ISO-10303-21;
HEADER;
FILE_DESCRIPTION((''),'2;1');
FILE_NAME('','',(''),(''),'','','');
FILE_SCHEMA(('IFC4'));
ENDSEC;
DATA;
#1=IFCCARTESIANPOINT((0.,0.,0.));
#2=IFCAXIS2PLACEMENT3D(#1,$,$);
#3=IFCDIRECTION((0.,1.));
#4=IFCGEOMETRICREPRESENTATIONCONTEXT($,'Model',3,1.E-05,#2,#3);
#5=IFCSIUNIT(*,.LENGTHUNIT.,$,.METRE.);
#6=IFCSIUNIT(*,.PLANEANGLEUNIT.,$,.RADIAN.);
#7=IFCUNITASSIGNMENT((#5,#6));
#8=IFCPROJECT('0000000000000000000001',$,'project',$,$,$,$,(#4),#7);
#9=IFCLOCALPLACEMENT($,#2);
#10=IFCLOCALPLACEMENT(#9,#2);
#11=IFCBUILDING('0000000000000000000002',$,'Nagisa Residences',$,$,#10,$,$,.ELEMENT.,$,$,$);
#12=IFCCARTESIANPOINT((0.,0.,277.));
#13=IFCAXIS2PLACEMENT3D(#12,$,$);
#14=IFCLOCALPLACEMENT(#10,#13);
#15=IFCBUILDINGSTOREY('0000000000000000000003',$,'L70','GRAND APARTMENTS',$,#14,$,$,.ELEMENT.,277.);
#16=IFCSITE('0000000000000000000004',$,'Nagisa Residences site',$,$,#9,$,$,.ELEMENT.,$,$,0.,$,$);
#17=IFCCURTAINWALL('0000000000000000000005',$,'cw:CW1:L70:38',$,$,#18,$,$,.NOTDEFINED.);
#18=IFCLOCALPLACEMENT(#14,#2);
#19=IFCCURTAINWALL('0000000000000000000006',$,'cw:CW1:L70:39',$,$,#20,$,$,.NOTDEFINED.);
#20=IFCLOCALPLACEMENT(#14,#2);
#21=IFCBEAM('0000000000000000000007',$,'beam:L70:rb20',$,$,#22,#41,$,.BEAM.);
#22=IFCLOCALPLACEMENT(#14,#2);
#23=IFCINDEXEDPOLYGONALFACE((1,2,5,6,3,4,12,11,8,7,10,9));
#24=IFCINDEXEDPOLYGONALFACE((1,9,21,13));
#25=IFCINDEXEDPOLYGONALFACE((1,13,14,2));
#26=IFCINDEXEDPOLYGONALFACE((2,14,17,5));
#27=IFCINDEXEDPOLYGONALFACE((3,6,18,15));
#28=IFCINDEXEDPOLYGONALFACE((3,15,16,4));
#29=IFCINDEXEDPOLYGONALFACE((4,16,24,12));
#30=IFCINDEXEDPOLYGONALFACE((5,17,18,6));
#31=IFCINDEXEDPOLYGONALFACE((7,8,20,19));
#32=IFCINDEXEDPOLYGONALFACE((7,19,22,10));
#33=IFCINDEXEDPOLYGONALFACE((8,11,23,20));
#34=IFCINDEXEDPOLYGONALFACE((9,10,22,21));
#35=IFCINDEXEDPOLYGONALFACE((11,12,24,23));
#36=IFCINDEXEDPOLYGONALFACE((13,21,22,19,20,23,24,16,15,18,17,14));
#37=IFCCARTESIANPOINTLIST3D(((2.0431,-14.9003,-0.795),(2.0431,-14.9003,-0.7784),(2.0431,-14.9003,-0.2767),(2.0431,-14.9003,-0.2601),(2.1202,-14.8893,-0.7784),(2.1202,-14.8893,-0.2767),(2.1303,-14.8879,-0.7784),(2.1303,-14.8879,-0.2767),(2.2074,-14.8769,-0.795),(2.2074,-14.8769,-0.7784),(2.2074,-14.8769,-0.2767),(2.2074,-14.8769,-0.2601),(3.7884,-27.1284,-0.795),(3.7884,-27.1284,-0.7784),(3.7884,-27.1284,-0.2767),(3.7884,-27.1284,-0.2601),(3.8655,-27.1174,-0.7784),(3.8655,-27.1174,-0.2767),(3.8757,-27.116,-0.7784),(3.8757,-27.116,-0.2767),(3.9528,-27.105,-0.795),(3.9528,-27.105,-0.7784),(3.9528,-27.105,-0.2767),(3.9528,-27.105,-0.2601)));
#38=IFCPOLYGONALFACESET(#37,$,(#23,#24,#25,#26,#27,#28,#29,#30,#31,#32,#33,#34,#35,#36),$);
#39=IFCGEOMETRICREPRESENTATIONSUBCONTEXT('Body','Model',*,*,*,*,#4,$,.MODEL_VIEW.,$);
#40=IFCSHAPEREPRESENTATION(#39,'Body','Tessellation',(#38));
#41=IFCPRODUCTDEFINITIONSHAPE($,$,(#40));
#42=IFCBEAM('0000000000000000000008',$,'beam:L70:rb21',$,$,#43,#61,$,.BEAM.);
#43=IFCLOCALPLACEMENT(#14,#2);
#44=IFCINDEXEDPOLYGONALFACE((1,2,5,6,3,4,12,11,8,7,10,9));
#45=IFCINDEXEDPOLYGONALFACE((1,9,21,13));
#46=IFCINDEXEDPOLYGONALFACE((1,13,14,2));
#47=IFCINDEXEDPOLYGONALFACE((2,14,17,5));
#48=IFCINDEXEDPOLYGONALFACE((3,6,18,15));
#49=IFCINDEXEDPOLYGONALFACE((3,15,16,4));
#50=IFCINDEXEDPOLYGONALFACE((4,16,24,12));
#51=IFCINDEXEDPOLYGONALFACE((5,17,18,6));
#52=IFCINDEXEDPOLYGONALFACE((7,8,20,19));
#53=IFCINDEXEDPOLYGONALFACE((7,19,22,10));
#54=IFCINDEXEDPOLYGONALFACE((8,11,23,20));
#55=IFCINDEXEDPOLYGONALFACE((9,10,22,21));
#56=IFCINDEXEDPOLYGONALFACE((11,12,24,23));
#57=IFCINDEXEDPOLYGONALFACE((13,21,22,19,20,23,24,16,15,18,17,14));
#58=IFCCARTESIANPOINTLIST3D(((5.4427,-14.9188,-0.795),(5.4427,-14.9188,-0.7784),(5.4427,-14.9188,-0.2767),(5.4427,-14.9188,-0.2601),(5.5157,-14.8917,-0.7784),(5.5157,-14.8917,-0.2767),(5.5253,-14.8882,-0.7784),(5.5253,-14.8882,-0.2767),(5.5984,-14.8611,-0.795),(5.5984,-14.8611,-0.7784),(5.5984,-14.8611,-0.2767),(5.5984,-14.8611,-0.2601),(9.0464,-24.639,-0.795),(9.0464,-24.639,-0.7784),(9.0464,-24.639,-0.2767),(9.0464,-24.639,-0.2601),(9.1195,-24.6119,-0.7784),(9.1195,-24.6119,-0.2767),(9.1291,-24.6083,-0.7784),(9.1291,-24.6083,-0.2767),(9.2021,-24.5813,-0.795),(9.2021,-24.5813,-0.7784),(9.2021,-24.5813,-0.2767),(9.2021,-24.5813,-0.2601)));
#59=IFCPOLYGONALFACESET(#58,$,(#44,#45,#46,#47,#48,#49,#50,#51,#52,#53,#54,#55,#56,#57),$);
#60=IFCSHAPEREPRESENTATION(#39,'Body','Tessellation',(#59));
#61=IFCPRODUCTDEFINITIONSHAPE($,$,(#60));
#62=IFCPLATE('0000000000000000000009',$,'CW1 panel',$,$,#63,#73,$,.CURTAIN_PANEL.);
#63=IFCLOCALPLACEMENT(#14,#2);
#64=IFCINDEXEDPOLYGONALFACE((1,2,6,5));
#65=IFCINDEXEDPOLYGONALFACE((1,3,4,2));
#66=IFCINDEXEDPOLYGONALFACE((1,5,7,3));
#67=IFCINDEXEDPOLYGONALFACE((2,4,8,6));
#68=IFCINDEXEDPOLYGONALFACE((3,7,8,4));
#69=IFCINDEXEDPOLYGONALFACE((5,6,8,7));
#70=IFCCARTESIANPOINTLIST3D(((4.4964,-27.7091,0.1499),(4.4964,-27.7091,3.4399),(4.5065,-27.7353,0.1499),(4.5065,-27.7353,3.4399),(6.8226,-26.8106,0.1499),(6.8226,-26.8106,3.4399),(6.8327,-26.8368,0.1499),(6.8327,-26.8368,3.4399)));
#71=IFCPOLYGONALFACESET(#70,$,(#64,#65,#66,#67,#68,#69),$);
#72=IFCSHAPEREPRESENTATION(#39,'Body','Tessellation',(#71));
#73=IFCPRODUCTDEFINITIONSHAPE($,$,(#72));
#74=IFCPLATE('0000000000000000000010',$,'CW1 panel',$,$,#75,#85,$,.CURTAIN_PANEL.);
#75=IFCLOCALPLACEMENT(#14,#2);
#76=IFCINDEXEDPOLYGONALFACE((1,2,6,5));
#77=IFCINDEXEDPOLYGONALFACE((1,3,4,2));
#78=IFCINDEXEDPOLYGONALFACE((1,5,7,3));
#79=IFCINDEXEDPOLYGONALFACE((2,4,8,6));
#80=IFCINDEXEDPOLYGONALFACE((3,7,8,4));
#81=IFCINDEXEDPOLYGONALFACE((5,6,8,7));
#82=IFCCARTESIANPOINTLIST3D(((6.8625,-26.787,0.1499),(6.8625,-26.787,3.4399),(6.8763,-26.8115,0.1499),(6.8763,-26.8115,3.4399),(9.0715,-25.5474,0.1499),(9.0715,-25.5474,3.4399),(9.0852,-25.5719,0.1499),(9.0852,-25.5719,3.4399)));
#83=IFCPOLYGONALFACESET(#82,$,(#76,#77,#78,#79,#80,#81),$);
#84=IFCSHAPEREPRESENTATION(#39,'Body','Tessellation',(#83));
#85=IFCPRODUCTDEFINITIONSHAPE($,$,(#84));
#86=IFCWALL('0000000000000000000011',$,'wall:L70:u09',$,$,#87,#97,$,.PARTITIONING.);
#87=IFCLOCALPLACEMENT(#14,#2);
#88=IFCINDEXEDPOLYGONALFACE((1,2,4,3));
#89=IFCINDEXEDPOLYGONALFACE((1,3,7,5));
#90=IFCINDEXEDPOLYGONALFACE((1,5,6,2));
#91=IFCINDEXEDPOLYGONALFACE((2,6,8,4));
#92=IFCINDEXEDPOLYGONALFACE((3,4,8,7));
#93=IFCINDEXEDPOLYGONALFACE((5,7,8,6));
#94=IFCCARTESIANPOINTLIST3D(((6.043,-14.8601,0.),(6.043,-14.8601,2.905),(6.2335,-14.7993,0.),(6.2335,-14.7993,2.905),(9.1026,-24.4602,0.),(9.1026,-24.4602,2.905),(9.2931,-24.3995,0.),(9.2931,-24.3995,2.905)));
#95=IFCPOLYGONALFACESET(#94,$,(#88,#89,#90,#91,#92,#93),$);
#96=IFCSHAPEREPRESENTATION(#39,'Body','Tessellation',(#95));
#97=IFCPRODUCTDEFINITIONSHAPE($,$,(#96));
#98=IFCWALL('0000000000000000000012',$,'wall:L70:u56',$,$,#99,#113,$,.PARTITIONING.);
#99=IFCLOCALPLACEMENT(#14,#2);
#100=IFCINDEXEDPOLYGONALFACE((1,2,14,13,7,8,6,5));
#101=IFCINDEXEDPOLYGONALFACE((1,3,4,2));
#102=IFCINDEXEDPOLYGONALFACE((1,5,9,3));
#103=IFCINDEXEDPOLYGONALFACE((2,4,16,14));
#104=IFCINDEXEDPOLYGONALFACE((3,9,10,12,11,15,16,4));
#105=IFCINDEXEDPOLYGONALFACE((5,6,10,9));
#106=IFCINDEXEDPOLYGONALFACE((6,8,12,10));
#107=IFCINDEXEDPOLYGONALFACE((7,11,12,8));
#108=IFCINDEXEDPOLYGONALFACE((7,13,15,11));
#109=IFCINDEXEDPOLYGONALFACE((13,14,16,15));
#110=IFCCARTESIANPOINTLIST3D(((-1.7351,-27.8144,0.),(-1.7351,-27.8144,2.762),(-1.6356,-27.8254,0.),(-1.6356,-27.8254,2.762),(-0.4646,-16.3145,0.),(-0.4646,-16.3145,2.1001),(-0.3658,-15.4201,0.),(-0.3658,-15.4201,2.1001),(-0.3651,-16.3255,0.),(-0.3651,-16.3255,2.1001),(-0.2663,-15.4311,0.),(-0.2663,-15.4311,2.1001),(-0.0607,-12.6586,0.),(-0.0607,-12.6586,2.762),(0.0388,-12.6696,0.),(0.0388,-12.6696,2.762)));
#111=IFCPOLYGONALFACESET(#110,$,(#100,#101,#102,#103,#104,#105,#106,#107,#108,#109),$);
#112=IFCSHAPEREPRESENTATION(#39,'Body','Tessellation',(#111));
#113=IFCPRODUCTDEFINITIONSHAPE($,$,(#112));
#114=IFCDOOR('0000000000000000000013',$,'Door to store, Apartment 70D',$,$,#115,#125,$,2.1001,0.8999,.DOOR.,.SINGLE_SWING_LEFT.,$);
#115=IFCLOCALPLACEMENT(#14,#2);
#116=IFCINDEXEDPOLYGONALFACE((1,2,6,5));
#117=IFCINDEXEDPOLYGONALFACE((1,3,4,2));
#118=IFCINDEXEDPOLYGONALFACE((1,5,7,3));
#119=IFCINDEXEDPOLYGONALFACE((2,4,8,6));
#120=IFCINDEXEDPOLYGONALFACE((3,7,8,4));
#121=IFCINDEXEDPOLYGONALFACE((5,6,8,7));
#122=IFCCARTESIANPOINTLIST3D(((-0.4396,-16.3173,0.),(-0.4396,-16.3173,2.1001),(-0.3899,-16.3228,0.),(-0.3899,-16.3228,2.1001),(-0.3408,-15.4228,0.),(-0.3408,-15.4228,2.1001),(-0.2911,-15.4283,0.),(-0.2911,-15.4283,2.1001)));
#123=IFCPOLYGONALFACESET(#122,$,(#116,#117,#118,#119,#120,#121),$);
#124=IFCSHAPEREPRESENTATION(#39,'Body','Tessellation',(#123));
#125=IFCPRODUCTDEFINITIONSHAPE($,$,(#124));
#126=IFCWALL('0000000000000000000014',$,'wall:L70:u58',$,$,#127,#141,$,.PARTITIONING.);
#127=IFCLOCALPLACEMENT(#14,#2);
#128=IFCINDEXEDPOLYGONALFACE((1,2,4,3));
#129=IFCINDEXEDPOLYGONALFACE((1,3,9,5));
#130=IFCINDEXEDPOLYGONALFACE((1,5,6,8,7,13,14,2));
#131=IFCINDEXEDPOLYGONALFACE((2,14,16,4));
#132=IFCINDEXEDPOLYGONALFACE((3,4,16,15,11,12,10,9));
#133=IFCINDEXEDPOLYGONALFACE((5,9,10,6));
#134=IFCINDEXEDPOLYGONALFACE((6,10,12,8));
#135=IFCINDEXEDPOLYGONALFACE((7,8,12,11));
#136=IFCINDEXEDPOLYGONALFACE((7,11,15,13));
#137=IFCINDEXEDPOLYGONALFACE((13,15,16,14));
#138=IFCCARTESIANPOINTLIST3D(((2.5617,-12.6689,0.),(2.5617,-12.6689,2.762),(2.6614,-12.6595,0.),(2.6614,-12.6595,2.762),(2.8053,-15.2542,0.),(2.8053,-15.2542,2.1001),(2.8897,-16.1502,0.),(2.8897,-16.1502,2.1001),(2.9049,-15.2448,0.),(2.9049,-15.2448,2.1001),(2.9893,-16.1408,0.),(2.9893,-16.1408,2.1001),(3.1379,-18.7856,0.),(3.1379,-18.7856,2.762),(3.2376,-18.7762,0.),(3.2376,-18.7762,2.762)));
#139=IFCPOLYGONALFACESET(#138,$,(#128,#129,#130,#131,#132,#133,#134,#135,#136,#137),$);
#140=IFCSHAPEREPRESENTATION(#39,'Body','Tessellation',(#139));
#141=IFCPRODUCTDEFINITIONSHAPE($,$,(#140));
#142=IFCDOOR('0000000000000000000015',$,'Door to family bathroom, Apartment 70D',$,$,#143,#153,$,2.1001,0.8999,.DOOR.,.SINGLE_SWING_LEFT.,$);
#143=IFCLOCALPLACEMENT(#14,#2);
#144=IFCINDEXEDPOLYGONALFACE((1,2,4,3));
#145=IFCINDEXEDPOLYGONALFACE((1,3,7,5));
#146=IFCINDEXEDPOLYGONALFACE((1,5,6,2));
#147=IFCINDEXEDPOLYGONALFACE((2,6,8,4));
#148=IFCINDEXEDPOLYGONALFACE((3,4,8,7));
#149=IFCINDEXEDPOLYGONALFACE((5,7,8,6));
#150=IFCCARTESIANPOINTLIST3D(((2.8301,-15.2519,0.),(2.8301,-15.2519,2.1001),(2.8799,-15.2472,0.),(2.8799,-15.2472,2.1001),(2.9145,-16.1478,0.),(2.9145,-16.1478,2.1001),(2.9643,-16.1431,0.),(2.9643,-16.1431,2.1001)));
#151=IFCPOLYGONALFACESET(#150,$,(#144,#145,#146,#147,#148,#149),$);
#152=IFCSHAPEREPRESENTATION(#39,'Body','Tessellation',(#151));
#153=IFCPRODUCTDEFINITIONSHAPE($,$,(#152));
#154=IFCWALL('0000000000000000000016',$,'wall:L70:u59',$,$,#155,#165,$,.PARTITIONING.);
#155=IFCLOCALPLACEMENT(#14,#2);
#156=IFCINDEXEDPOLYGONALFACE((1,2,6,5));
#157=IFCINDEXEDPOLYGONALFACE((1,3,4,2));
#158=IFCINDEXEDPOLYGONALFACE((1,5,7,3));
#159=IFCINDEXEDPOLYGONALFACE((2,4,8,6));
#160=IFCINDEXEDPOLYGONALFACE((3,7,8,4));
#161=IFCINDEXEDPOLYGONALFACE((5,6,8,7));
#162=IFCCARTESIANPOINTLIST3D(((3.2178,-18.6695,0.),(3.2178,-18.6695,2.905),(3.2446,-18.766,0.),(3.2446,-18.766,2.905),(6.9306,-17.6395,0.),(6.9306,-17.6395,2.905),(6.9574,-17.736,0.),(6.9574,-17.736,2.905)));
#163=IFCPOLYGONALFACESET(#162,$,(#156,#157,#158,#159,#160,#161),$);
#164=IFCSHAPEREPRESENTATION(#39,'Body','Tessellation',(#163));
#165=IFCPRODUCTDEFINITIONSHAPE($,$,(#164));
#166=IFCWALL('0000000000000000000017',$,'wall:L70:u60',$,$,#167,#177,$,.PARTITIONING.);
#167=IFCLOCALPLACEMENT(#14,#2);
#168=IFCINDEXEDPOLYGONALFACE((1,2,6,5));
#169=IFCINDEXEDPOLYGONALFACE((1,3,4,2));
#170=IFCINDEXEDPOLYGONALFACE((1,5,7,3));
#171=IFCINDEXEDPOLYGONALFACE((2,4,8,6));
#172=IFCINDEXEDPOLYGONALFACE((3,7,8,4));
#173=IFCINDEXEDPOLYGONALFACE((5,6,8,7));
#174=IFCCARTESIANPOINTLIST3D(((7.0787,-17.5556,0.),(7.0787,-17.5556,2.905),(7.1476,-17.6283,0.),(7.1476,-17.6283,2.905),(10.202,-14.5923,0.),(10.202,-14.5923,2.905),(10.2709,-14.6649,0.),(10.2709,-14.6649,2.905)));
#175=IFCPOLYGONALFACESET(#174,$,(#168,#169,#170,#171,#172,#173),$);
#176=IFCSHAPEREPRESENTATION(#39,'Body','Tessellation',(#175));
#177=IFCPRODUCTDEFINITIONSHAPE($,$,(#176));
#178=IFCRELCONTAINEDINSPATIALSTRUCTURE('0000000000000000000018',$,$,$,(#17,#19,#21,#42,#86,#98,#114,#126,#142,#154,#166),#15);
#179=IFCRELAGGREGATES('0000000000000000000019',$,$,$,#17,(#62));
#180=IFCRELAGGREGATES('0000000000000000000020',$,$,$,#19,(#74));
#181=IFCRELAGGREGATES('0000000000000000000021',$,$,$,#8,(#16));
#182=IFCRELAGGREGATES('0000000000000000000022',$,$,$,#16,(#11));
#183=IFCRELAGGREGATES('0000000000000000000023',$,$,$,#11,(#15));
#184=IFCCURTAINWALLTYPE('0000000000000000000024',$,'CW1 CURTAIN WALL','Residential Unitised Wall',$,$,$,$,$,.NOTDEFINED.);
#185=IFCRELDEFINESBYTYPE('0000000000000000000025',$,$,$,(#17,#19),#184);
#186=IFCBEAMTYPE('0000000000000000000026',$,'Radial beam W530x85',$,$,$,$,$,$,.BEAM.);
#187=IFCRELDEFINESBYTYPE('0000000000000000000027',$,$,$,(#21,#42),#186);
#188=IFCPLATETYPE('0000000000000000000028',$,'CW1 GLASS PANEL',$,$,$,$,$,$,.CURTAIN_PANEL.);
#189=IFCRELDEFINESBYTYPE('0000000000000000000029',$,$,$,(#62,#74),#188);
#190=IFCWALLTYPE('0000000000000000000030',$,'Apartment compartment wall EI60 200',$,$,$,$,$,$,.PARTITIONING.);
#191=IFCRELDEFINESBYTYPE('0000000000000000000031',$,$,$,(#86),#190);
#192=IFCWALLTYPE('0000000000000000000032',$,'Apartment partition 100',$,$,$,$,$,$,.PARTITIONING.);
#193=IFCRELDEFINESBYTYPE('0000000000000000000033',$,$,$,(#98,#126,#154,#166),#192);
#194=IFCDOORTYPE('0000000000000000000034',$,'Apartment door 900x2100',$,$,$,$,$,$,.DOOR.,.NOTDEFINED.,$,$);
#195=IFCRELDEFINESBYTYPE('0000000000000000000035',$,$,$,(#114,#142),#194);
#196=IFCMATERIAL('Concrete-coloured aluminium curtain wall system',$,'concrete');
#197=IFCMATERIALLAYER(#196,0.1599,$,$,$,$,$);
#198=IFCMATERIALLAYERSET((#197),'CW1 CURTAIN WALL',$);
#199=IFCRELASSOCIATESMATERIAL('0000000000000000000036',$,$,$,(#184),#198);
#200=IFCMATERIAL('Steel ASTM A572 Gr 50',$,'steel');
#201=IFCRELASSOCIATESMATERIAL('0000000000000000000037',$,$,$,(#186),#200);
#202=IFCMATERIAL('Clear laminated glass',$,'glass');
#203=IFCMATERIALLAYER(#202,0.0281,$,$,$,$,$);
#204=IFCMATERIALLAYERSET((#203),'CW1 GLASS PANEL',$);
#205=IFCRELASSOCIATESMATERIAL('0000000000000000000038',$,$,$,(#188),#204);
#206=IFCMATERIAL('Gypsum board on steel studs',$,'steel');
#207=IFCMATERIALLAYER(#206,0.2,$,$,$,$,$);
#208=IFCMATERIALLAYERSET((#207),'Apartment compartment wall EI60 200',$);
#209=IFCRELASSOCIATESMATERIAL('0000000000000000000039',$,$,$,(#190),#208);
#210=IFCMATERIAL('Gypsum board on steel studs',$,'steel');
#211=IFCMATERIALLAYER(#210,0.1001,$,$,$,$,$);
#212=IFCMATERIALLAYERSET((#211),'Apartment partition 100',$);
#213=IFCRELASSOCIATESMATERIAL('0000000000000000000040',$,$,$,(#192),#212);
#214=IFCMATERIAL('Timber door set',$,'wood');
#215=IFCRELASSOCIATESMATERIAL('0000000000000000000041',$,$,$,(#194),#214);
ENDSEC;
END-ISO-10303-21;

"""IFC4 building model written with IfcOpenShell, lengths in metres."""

from ifc_helpers import new_model, si_unit, direction, frame, frame_2d, origin, origin_2d, place, context, subcontext, project, spatial, rectangle, i_section, extrude, material, layer, layer_set, material_profile, profile_set, type_object, element, fill, aggregate, save


model = new_model("IFC4")

# Units and contexts
model_context = context("Model", 3, precision=1e-05, world=origin(), true_north=direction((0.0, 1.0)))
body_context = subcontext(model_context, "Body", "Model", "MODEL_VIEW")
ifc_project = project(units=[si_unit("LENGTHUNIT", "METRE"), si_unit("PLANEANGLEUNIT", "RADIAN")], contexts=[model_context])

# Site, building, storey
site_placement = place(None, origin())
site = spatial("IfcSite", under=ifc_project, at=site_placement, Name="Nagisa Residences site", CompositionType="ELEMENT", RefElevation=0.0)
building_placement = place(site_placement, origin())
building = spatial("IfcBuilding", under=site, at=building_placement, Name="Nagisa Residences", CompositionType="ELEMENT")
storey_placement = place(building_placement, frame((0.0, 0.0, 277.0)))
storey = spatial("IfcBuildingStorey", under=building, at=storey_placement, Name="L70", Description="GRAND APARTMENTS", CompositionType="ELEMENT", Elevation=277.0)

# Curtain walls
ifc_material_1 = material(Name="Concrete-coloured aluminium curtain wall system", Category="concrete")
ifc_layer_1 = layer(ifc_material_1, 0.1599)
ifc_layer_set_1 = layer_set([ifc_layer_1], Name="CW1 CURTAIN WALL")
curtain_wall_type = type_object("IfcCurtainWallType", Name="CW1 CURTAIN WALL", Description="Residential Unitised Wall", PredefinedType="NOTDEFINED", material=ifc_layer_set_1)
curtain_wall_1_placement = place(storey_placement, origin())
curtain_wall_1 = element("IfcCurtainWall", 1, at=curtain_wall_1_placement, inside=storey, type_object=curtain_wall_type, Name="cw:CW1:L70:38", PredefinedType="NOTDEFINED")
curtain_wall_2_placement = place(storey_placement, origin())
curtain_wall_2 = element("IfcCurtainWall", 2, at=curtain_wall_2_placement, inside=storey, type_object=curtain_wall_type, Name="cw:CW1:L70:39", PredefinedType="NOTDEFINED")

# Beams
ifc_material_2 = material(Name="Steel ASTM A572 Gr 50", Category="steel")
ifc_material_profile_1 = material_profile(ifc_material_2, i_section(OverallWidth=0.166, OverallDepth=0.5349, WebThickness=0.0103, FlangeThickness=0.0166, at=origin_2d()), Name="W530x85")
ifc_profile_set_1 = profile_set([ifc_material_profile_1], Name="Steel ASTM A572 Gr 50")
beam_type_1 = type_object("IfcBeamType", Name="Radial beam W530x85", PredefinedType="BEAM", material=ifc_profile_set_1)
beam_1_placement = place(storey_placement, frame((3.8706, -27.1167, -0.5276), z_axis=(-0.141302, 0.989966, 0.0), x_axis=(-0.989966, -0.141302, 0.0)))
element("IfcBeam", 3, at=beam_1_placement, inside=storey, type_object=beam_type_1, Name="beam:L70:rb20", PredefinedType="BEAM", context=body_context, shape_type="SweptSolid", body=[
    extrude(i_section(OverallWidth=0.166, OverallDepth=0.5349, WebThickness=0.0103, FlangeThickness=0.0166, at=origin_2d()), origin(), (0.0, 0.0, 1.0), 12.3521),
])
beam_2_placement = place(storey_placement, frame((9.1243, -24.6101, -0.5276), z_axis=(-0.347627, 0.937633, 0.0), x_axis=(-0.937633, -0.347627, 0.0)))
element("IfcBeam", 4, at=beam_2_placement, inside=storey, type_object=beam_type_1, Name="beam:L70:rb21", PredefinedType="BEAM", context=body_context, shape_type="SweptSolid", body=[
    extrude(i_section(OverallWidth=0.166, OverallDepth=0.5349, WebThickness=0.0103, FlangeThickness=0.0166, at=origin_2d()), origin(), (0.0, 0.0, 1.0), 10.3667),
])

# Plates
ifc_material_3 = material(Name="Clear laminated glass", Category="glass")
ifc_layer_2 = layer(ifc_material_3, 0.0281)
ifc_layer_set_2 = layer_set([ifc_layer_2], Name="CW1 GLASS PANEL")
plate_type = type_object("IfcPlateType", Name="CW1 GLASS PANEL", PredefinedType="CURTAIN_PANEL", material=ifc_layer_set_2)
plate_1_placement = place(storey_placement, frame((5.6646, -27.2729, 0.1499), z_axis=(0.0, 0.0, 1.0), x_axis=(0.932826, 0.360328, 0.0)))
plate_1 = element("IfcPlate", 5, at=plate_1_placement, type_object=plate_type, Name="CW1 panel", PredefinedType="CURTAIN_PANEL", context=body_context, shape_type="SweptSolid", body=[
    extrude(rectangle(XDim=2.4937, YDim=0.0281, at=origin_2d()), origin(), (0.0, 0.0, 1.0), 3.29),
])
aggregate(curtain_wall_1, [plate_1])
plate_2_placement = place(storey_placement, frame((7.9739, -26.1794, 0.1499), z_axis=(0.0, 0.0, 1.0), x_axis=(0.872072, 0.489377, 0.0)))
plate_2 = element("IfcPlate", 6, at=plate_2_placement, type_object=plate_type, Name="CW1 panel", PredefinedType="CURTAIN_PANEL", context=body_context, shape_type="SweptSolid", body=[
    extrude(rectangle(XDim=2.533, YDim=0.0281, at=origin_2d()), origin(), (0.0, 0.0, 1.0), 3.29),
])
aggregate(curtain_wall_2, [plate_2])

# Wall
ifc_material_4 = material(Name="Gypsum board on steel studs", Category="steel")
ifc_layer_3 = layer(ifc_material_4, 0.2)
ifc_layer_set_3 = layer_set([ifc_layer_3], Name="Apartment compartment wall EI60 200")
wall_type_1 = type_object("IfcWallType", Name="Apartment compartment wall EI60 200", PredefinedType="PARTITIONING", material=ifc_layer_set_3)
wall_1_placement = place(storey_placement, frame((6.1382, -14.8296, 0.0), z_axis=(0.0, 0.0, 1.0), x_axis=(0.303654, -0.952782, 0.0)))
element("IfcWall", 7, at=wall_1_placement, inside=storey, type_object=wall_type_1, Name="wall:L70:u09", PredefinedType="PARTITIONING", context=body_context, shape_type="SweptSolid", body=[
    extrude(rectangle(XDim=10.0759, YDim=0.2, at=frame_2d((5.0381, 0.0))), origin(), (0.0, 0.0, 1.0), 2.905),
])

# Walls, openings, doors
ifc_material_5 = material(Name="Gypsum board on steel studs", Category="steel")
ifc_layer_4 = layer(ifc_material_5, 0.1001)
ifc_layer_set_4 = layer_set([ifc_layer_4], Name="Apartment partition 100")
wall_type_2 = type_object("IfcWallType", Name="Apartment partition 100", PredefinedType="PARTITIONING", material=ifc_layer_set_4)
wall_2_placement = place(storey_placement, frame((-0.011, -12.6641, 0.0), z_axis=(0.0, 0.0, 1.0), x_axis=(-0.109806, -0.993953, 0.0)))
wall_2 = element("IfcWall", 8, at=wall_2_placement, inside=storey, type_object=wall_type_2, Name="wall:L70:u56", PredefinedType="PARTITIONING", context=body_context, shape_type="SweptSolid", body=[
    extrude(rectangle(XDim=15.248, YDim=0.1001, at=frame_2d((7.624, 0.0))), origin(), (0.0, 0.0, 1.0), 2.762),
])
opening_1_placement = place(wall_2_placement, frame((2.7783, 0.0, 0.0)))
opening_1 = element("IfcOpeningElement", 9, at=opening_1_placement, cuts=wall_2, PredefinedType="OPENING", context=body_context, shape_type="SweptSolid", body=[
    extrude(rectangle(XDim=0.8999, YDim=2.1001, at=frame_2d((0.45, 1.05))), frame((0.0, 0.0601, 0.0), z_axis=(0.0, -1.0, 0.0), x_axis=(1.0, 0.0, 0.0)), (0.0, 0.0, 1.0), 0.1201),
])
ifc_material_6 = material(Name="Timber door set", Category="wood")
door_type_1 = type_object("IfcDoorType", Name="Apartment door 900x2100", OperationType="NOTDEFINED", PredefinedType="DOOR", material=ifc_material_6)
door_1_placement = place(opening_1_placement, frame((0.8999, 0.0, 0.0), x_axis=(-1.0, 0.0, 0.0)))
door_1 = element("IfcDoor", 10, at=door_1_placement, inside=storey, type_object=door_type_1, Name="Door to store, Apartment 70D", OperationType="SINGLE_SWING_LEFT", OverallHeight=2.1001, OverallWidth=0.8999, PredefinedType="DOOR", context=body_context, shape_type="SweptSolid", body=[
    extrude(rectangle(XDim=0.8999, YDim=2.1001, at=frame_2d((0.45, 1.05))), frame((0.0, 0.0249, 0.0), z_axis=(0.0, -1.0, 0.0), x_axis=(1.0, 0.0, 0.0)), (0.0, 0.0, 1.0), 0.05),
])
fill(opening_1, door_1)
wall_3_placement = place(storey_placement, frame((2.6116, -12.6643, 0.0), z_axis=(0.0, 0.0, 1.0), x_axis=(0.093781, -0.995593, 0.0)))
wall_3 = element("IfcWall", 11, at=wall_3_placement, inside=storey, type_object=wall_type_2, Name="wall:L70:u58", PredefinedType="PARTITIONING", context=body_context, shape_type="SweptSolid", body=[
    extrude(rectangle(XDim=6.1438, YDim=0.1001, at=frame_2d((3.0718, 0.0))), origin(), (0.0, 0.0, 1.0), 2.762),
])
opening_2_placement = place(wall_3_placement, frame((2.5967, 0.0, 0.0)))
opening_2 = element("IfcOpeningElement", 12, at=opening_2_placement, cuts=wall_3, PredefinedType="OPENING", context=body_context, shape_type="SweptSolid", body=[
    extrude(rectangle(XDim=0.8999, YDim=2.1001, at=frame_2d((0.45, 1.05))), frame((0.0, 0.0601, 0.0), z_axis=(0.0, -1.0, 0.0), x_axis=(1.0, 0.0, 0.0)), (0.0, 0.0, 1.0), 0.1201),
])
door_2_placement = place(opening_2_placement, origin())
door_2 = element("IfcDoor", 13, at=door_2_placement, inside=storey, type_object=door_type_1, Name="Door to family bathroom, Apartment 70D", OperationType="SINGLE_SWING_LEFT", OverallHeight=2.1001, OverallWidth=0.8999, PredefinedType="DOOR", context=body_context, shape_type="SweptSolid", body=[
    extrude(rectangle(XDim=0.8999, YDim=2.1001, at=frame_2d((0.45, 1.05))), frame((0.0, 0.0249, 0.0), z_axis=(0.0, -1.0, 0.0), x_axis=(1.0, 0.0, 0.0)), (0.0, 0.0, 1.0), 0.05),
])
fill(opening_2, door_2)

# Walls
wall_4_placement = place(storey_placement, frame((3.2312, -18.7178, 0.0), z_axis=(0.0, 0.0, 1.0), x_axis=(0.963607, 0.267324, 0.0)))
element("IfcWall", 14, at=wall_4_placement, inside=storey, type_object=wall_type_2, Name="wall:L70:u59", PredefinedType="PARTITIONING", context=body_context, shape_type="SweptSolid", body=[
    extrude(rectangle(XDim=3.853, YDim=0.1001, at=frame_2d((1.9265, 0.0))), origin(), (0.0, 0.0, 1.0), 2.905),
])
wall_5_placement = place(storey_placement, frame((7.113, -17.592, 0.0), z_axis=(0.0, 0.0, 1.0), x_axis=(0.725434, 0.688292, 0.0)))
element("IfcWall", 15, at=wall_5_placement, inside=storey, type_object=wall_type_2, Name="wall:L70:u60", PredefinedType="PARTITIONING", context=body_context, shape_type="SweptSolid", body=[
    extrude(rectangle(XDim=4.3054, YDim=0.1001, at=frame_2d((2.1528, 0.0))), origin(), (0.0, 0.0, 1.0), 2.905),
])

save(model, "model.ifc")
